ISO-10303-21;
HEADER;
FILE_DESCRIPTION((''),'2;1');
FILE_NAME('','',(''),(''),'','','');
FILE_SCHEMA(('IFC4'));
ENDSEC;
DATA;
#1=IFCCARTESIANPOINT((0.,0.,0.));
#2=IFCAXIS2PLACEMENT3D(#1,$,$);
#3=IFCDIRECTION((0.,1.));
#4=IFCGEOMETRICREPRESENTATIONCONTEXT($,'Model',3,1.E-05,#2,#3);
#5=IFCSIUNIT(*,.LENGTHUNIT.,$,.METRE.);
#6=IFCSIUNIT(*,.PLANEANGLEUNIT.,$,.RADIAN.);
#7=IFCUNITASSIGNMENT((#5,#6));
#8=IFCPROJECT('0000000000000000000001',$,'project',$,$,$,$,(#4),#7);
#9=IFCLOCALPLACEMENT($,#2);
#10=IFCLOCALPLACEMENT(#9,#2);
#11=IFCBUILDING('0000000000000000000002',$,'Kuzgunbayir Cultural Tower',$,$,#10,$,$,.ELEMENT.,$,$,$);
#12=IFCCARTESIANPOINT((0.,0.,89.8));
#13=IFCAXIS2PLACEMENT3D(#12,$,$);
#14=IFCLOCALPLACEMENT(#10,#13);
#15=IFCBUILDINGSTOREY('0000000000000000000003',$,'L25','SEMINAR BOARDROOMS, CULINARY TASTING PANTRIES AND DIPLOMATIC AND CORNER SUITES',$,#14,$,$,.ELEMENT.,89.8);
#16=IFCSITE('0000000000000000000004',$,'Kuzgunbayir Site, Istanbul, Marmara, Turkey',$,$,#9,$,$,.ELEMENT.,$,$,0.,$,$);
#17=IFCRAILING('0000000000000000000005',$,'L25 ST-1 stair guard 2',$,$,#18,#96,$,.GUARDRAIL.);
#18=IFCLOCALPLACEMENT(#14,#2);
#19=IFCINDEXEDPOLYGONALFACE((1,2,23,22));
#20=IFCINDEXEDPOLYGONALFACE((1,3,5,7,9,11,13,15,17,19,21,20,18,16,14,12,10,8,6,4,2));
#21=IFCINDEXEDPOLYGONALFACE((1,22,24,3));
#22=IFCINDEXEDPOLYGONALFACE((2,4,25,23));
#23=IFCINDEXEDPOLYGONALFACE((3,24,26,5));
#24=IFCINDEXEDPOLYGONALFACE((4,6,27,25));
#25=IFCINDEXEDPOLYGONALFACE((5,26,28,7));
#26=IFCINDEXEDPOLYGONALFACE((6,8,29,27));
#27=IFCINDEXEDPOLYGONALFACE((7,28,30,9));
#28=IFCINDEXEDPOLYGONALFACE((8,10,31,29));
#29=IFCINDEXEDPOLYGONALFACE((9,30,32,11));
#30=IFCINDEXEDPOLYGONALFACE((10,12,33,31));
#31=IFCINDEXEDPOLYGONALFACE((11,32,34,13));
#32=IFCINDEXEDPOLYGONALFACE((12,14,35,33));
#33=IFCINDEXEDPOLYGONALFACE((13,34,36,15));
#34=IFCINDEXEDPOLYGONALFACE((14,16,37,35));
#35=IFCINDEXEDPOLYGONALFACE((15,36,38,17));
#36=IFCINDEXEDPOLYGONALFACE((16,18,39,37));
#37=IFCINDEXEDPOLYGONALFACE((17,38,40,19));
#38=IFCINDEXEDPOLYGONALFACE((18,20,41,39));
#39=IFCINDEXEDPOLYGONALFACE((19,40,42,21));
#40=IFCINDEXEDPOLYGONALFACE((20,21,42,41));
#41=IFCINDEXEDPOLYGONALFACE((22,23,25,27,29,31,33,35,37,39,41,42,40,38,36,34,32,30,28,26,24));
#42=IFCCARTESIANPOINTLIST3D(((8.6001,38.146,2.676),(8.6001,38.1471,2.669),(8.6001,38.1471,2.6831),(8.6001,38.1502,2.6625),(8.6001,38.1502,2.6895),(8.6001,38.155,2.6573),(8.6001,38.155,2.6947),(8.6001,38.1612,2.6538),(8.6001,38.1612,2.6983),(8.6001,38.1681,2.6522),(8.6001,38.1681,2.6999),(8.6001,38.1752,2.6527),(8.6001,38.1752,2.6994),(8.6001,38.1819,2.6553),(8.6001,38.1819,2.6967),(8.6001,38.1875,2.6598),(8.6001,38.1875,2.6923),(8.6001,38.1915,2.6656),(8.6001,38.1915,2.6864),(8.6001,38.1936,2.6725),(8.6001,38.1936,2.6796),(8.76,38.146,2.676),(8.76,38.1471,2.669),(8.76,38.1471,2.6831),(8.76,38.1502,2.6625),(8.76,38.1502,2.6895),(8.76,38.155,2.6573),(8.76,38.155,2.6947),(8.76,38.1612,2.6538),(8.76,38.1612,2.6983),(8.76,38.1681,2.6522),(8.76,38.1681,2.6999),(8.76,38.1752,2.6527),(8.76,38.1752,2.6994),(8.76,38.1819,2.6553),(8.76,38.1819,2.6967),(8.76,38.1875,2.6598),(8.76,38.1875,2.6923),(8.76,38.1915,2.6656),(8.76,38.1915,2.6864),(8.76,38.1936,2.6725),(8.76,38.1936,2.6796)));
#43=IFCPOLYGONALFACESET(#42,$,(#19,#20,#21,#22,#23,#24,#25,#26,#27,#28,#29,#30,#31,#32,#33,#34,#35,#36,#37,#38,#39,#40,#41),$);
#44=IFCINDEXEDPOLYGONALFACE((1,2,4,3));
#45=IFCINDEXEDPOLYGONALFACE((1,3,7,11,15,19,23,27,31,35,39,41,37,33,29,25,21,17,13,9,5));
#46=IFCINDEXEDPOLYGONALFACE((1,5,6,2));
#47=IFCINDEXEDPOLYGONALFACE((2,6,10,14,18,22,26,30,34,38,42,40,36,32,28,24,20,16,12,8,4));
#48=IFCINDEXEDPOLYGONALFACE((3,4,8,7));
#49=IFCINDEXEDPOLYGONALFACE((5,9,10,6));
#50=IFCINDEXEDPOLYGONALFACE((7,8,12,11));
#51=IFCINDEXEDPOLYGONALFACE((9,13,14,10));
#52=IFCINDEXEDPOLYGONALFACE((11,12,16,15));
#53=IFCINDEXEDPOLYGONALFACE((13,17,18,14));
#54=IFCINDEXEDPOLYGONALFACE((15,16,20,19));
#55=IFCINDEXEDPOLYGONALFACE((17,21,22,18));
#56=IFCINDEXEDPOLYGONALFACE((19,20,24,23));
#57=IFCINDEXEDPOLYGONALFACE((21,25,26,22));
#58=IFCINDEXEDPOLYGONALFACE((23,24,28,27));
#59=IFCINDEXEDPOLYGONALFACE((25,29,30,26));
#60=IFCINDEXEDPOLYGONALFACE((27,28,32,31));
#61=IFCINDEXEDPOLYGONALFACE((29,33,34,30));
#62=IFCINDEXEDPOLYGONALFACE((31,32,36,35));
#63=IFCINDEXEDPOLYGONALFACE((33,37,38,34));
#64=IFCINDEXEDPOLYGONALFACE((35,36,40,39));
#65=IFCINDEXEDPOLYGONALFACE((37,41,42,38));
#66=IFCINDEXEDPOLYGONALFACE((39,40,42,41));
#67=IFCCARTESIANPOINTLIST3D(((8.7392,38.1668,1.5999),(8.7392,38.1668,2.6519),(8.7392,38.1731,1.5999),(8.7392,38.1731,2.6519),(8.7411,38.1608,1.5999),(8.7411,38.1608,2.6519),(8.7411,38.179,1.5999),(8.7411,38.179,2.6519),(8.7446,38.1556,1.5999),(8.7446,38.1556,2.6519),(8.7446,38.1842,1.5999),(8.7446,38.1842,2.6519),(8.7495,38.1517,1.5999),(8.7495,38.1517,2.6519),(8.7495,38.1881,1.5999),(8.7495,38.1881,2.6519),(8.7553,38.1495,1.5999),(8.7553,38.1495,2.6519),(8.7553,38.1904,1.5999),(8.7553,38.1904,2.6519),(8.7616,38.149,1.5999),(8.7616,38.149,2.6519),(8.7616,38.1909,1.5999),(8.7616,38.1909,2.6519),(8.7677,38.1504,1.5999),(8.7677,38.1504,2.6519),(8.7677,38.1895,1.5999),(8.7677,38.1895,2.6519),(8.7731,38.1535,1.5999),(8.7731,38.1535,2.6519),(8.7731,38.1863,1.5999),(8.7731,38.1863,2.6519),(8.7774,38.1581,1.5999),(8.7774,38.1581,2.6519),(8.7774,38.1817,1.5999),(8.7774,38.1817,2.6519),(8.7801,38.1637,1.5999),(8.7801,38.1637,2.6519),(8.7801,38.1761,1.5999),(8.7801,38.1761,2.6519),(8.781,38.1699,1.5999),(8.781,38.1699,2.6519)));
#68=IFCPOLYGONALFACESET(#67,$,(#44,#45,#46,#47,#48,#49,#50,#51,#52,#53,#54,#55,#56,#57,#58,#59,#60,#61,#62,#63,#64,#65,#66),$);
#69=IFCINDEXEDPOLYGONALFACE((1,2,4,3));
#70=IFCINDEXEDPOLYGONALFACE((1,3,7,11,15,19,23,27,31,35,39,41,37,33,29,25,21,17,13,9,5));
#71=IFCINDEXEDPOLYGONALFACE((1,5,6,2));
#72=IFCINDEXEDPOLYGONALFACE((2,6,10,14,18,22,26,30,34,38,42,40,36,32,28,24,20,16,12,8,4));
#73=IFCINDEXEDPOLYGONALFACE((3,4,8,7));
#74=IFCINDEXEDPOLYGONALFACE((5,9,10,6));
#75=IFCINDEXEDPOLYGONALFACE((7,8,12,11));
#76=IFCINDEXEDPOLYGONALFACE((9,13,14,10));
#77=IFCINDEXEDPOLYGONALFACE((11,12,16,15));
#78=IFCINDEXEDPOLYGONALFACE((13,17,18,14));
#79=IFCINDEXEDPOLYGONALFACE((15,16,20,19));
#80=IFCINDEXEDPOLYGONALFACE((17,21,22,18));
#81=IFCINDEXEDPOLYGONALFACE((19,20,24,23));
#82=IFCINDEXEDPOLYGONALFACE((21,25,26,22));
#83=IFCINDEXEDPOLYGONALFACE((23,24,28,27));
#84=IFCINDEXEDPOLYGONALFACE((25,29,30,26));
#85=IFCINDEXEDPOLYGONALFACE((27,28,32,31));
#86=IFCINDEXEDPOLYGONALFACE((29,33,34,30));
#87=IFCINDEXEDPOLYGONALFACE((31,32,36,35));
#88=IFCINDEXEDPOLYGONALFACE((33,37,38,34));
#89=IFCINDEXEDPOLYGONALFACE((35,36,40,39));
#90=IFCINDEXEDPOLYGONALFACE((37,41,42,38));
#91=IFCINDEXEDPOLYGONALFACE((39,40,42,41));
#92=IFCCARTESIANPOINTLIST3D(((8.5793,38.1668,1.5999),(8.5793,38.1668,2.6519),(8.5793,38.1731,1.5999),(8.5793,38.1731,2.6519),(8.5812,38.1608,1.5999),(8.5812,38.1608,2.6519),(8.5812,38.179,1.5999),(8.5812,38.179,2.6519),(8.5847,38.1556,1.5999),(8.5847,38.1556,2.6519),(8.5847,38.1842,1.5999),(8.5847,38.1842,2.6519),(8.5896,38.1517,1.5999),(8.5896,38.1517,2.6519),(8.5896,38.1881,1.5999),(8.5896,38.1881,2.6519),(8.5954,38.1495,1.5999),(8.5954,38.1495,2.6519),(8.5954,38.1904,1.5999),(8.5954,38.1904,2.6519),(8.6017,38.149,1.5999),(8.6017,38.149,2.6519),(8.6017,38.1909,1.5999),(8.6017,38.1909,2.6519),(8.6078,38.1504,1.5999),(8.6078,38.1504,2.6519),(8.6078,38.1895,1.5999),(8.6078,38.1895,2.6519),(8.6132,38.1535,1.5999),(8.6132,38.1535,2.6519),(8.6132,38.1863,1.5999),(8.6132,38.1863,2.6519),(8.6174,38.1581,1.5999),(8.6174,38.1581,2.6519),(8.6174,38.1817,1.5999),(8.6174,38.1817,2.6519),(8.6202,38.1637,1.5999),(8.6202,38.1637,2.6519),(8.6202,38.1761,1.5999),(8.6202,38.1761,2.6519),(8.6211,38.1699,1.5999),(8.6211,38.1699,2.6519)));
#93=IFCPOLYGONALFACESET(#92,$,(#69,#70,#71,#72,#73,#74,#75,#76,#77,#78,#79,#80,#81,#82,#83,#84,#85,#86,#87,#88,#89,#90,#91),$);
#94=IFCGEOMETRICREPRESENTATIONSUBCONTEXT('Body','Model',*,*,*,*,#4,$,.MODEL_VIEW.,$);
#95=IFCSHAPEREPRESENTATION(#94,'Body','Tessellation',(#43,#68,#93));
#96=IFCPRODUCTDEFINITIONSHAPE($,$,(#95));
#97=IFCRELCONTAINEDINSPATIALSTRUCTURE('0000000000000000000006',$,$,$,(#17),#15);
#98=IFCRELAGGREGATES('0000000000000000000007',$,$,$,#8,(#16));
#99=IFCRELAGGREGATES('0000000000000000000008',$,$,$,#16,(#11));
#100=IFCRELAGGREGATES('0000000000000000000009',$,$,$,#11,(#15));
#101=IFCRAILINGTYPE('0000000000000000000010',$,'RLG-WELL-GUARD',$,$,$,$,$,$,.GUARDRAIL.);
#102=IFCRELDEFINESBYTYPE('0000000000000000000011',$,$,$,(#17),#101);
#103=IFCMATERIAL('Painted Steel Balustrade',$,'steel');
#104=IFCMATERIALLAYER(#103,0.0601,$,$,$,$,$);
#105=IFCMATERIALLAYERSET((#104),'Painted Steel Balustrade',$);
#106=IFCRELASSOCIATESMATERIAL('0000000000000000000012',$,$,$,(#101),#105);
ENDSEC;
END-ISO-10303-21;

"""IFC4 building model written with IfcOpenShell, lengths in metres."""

from ifc_helpers import new_model, si_unit, direction, frame, origin, origin_2d, place, context, subcontext, project, spatial, circle, extrude, material, layer, layer_set, type_object, element, save


model = new_model("IFC4")

# Units and contexts
model_context = context("Model", 3, precision=1e-05, world=origin(), true_north=direction((0.0, 1.0)))
body_context = subcontext(model_context, "Body", "Model", "MODEL_VIEW")
ifc_project = project(units=[si_unit("LENGTHUNIT", "METRE"), si_unit("PLANEANGLEUNIT", "RADIAN")], contexts=[model_context])

# Site, building, storey
site_placement = place(None, origin())
site = spatial("IfcSite", under=ifc_project, at=site_placement, Name="Kuzgunbayir Site, Istanbul, Marmara, Turkey", CompositionType="ELEMENT", RefElevation=0.0)
building_placement = place(site_placement, origin())
building = spatial("IfcBuilding", under=site, at=building_placement, Name="Kuzgunbayir Cultural Tower", CompositionType="ELEMENT")
storey_placement = place(building_placement, frame((0.0, 0.0, 89.8)))
storey = spatial("IfcBuildingStorey", under=building, at=storey_placement, Name="L25", Description="SEMINAR BOARDROOMS, CULINARY TASTING PANTRIES AND DIPLOMATIC AND CORNER SUITES", CompositionType="ELEMENT", Elevation=89.8)

# Railing
ifc_material_1 = material(Name="Painted Steel Balustrade", Category="steel")
ifc_layer_1 = layer(ifc_material_1, 0.0601)
ifc_layer_set_1 = layer_set([ifc_layer_1], Name="Painted Steel Balustrade")
railing_type_1 = type_object("IfcRailingType", Name="RLG-WELL-GUARD", PredefinedType="GUARDRAIL", material=ifc_layer_set_1)
railing_1_placement = place(storey_placement, frame((8.76, 38.1699, 1.5999)))
element("IfcRailing", 1, at=railing_1_placement, inside=storey, type_object=railing_type_1, Name="L25 ST-1 stair guard 2", PredefinedType="GUARDRAIL", context=body_context, shape_type="SweptSolid", body=[
    extrude(circle(Radius=0.0239, at=origin_2d()), frame((0.0, 0.0, 1.0762), z_axis=(-1.0, 0.0, 0.0), x_axis=(0.0, -1.0, 0.0)), (0.0, 0.0, 1.0), 0.1599),
    extrude(circle(Radius=0.021, at=origin_2d()), origin(), (0.0, 0.0, 1.0), 1.052),
    extrude(circle(Radius=0.021, at=origin_2d()), frame((-0.1599, 0.0, 0.0)), (0.0, 0.0, 1.0), 1.052),
])

save(model, "model.ifc")
